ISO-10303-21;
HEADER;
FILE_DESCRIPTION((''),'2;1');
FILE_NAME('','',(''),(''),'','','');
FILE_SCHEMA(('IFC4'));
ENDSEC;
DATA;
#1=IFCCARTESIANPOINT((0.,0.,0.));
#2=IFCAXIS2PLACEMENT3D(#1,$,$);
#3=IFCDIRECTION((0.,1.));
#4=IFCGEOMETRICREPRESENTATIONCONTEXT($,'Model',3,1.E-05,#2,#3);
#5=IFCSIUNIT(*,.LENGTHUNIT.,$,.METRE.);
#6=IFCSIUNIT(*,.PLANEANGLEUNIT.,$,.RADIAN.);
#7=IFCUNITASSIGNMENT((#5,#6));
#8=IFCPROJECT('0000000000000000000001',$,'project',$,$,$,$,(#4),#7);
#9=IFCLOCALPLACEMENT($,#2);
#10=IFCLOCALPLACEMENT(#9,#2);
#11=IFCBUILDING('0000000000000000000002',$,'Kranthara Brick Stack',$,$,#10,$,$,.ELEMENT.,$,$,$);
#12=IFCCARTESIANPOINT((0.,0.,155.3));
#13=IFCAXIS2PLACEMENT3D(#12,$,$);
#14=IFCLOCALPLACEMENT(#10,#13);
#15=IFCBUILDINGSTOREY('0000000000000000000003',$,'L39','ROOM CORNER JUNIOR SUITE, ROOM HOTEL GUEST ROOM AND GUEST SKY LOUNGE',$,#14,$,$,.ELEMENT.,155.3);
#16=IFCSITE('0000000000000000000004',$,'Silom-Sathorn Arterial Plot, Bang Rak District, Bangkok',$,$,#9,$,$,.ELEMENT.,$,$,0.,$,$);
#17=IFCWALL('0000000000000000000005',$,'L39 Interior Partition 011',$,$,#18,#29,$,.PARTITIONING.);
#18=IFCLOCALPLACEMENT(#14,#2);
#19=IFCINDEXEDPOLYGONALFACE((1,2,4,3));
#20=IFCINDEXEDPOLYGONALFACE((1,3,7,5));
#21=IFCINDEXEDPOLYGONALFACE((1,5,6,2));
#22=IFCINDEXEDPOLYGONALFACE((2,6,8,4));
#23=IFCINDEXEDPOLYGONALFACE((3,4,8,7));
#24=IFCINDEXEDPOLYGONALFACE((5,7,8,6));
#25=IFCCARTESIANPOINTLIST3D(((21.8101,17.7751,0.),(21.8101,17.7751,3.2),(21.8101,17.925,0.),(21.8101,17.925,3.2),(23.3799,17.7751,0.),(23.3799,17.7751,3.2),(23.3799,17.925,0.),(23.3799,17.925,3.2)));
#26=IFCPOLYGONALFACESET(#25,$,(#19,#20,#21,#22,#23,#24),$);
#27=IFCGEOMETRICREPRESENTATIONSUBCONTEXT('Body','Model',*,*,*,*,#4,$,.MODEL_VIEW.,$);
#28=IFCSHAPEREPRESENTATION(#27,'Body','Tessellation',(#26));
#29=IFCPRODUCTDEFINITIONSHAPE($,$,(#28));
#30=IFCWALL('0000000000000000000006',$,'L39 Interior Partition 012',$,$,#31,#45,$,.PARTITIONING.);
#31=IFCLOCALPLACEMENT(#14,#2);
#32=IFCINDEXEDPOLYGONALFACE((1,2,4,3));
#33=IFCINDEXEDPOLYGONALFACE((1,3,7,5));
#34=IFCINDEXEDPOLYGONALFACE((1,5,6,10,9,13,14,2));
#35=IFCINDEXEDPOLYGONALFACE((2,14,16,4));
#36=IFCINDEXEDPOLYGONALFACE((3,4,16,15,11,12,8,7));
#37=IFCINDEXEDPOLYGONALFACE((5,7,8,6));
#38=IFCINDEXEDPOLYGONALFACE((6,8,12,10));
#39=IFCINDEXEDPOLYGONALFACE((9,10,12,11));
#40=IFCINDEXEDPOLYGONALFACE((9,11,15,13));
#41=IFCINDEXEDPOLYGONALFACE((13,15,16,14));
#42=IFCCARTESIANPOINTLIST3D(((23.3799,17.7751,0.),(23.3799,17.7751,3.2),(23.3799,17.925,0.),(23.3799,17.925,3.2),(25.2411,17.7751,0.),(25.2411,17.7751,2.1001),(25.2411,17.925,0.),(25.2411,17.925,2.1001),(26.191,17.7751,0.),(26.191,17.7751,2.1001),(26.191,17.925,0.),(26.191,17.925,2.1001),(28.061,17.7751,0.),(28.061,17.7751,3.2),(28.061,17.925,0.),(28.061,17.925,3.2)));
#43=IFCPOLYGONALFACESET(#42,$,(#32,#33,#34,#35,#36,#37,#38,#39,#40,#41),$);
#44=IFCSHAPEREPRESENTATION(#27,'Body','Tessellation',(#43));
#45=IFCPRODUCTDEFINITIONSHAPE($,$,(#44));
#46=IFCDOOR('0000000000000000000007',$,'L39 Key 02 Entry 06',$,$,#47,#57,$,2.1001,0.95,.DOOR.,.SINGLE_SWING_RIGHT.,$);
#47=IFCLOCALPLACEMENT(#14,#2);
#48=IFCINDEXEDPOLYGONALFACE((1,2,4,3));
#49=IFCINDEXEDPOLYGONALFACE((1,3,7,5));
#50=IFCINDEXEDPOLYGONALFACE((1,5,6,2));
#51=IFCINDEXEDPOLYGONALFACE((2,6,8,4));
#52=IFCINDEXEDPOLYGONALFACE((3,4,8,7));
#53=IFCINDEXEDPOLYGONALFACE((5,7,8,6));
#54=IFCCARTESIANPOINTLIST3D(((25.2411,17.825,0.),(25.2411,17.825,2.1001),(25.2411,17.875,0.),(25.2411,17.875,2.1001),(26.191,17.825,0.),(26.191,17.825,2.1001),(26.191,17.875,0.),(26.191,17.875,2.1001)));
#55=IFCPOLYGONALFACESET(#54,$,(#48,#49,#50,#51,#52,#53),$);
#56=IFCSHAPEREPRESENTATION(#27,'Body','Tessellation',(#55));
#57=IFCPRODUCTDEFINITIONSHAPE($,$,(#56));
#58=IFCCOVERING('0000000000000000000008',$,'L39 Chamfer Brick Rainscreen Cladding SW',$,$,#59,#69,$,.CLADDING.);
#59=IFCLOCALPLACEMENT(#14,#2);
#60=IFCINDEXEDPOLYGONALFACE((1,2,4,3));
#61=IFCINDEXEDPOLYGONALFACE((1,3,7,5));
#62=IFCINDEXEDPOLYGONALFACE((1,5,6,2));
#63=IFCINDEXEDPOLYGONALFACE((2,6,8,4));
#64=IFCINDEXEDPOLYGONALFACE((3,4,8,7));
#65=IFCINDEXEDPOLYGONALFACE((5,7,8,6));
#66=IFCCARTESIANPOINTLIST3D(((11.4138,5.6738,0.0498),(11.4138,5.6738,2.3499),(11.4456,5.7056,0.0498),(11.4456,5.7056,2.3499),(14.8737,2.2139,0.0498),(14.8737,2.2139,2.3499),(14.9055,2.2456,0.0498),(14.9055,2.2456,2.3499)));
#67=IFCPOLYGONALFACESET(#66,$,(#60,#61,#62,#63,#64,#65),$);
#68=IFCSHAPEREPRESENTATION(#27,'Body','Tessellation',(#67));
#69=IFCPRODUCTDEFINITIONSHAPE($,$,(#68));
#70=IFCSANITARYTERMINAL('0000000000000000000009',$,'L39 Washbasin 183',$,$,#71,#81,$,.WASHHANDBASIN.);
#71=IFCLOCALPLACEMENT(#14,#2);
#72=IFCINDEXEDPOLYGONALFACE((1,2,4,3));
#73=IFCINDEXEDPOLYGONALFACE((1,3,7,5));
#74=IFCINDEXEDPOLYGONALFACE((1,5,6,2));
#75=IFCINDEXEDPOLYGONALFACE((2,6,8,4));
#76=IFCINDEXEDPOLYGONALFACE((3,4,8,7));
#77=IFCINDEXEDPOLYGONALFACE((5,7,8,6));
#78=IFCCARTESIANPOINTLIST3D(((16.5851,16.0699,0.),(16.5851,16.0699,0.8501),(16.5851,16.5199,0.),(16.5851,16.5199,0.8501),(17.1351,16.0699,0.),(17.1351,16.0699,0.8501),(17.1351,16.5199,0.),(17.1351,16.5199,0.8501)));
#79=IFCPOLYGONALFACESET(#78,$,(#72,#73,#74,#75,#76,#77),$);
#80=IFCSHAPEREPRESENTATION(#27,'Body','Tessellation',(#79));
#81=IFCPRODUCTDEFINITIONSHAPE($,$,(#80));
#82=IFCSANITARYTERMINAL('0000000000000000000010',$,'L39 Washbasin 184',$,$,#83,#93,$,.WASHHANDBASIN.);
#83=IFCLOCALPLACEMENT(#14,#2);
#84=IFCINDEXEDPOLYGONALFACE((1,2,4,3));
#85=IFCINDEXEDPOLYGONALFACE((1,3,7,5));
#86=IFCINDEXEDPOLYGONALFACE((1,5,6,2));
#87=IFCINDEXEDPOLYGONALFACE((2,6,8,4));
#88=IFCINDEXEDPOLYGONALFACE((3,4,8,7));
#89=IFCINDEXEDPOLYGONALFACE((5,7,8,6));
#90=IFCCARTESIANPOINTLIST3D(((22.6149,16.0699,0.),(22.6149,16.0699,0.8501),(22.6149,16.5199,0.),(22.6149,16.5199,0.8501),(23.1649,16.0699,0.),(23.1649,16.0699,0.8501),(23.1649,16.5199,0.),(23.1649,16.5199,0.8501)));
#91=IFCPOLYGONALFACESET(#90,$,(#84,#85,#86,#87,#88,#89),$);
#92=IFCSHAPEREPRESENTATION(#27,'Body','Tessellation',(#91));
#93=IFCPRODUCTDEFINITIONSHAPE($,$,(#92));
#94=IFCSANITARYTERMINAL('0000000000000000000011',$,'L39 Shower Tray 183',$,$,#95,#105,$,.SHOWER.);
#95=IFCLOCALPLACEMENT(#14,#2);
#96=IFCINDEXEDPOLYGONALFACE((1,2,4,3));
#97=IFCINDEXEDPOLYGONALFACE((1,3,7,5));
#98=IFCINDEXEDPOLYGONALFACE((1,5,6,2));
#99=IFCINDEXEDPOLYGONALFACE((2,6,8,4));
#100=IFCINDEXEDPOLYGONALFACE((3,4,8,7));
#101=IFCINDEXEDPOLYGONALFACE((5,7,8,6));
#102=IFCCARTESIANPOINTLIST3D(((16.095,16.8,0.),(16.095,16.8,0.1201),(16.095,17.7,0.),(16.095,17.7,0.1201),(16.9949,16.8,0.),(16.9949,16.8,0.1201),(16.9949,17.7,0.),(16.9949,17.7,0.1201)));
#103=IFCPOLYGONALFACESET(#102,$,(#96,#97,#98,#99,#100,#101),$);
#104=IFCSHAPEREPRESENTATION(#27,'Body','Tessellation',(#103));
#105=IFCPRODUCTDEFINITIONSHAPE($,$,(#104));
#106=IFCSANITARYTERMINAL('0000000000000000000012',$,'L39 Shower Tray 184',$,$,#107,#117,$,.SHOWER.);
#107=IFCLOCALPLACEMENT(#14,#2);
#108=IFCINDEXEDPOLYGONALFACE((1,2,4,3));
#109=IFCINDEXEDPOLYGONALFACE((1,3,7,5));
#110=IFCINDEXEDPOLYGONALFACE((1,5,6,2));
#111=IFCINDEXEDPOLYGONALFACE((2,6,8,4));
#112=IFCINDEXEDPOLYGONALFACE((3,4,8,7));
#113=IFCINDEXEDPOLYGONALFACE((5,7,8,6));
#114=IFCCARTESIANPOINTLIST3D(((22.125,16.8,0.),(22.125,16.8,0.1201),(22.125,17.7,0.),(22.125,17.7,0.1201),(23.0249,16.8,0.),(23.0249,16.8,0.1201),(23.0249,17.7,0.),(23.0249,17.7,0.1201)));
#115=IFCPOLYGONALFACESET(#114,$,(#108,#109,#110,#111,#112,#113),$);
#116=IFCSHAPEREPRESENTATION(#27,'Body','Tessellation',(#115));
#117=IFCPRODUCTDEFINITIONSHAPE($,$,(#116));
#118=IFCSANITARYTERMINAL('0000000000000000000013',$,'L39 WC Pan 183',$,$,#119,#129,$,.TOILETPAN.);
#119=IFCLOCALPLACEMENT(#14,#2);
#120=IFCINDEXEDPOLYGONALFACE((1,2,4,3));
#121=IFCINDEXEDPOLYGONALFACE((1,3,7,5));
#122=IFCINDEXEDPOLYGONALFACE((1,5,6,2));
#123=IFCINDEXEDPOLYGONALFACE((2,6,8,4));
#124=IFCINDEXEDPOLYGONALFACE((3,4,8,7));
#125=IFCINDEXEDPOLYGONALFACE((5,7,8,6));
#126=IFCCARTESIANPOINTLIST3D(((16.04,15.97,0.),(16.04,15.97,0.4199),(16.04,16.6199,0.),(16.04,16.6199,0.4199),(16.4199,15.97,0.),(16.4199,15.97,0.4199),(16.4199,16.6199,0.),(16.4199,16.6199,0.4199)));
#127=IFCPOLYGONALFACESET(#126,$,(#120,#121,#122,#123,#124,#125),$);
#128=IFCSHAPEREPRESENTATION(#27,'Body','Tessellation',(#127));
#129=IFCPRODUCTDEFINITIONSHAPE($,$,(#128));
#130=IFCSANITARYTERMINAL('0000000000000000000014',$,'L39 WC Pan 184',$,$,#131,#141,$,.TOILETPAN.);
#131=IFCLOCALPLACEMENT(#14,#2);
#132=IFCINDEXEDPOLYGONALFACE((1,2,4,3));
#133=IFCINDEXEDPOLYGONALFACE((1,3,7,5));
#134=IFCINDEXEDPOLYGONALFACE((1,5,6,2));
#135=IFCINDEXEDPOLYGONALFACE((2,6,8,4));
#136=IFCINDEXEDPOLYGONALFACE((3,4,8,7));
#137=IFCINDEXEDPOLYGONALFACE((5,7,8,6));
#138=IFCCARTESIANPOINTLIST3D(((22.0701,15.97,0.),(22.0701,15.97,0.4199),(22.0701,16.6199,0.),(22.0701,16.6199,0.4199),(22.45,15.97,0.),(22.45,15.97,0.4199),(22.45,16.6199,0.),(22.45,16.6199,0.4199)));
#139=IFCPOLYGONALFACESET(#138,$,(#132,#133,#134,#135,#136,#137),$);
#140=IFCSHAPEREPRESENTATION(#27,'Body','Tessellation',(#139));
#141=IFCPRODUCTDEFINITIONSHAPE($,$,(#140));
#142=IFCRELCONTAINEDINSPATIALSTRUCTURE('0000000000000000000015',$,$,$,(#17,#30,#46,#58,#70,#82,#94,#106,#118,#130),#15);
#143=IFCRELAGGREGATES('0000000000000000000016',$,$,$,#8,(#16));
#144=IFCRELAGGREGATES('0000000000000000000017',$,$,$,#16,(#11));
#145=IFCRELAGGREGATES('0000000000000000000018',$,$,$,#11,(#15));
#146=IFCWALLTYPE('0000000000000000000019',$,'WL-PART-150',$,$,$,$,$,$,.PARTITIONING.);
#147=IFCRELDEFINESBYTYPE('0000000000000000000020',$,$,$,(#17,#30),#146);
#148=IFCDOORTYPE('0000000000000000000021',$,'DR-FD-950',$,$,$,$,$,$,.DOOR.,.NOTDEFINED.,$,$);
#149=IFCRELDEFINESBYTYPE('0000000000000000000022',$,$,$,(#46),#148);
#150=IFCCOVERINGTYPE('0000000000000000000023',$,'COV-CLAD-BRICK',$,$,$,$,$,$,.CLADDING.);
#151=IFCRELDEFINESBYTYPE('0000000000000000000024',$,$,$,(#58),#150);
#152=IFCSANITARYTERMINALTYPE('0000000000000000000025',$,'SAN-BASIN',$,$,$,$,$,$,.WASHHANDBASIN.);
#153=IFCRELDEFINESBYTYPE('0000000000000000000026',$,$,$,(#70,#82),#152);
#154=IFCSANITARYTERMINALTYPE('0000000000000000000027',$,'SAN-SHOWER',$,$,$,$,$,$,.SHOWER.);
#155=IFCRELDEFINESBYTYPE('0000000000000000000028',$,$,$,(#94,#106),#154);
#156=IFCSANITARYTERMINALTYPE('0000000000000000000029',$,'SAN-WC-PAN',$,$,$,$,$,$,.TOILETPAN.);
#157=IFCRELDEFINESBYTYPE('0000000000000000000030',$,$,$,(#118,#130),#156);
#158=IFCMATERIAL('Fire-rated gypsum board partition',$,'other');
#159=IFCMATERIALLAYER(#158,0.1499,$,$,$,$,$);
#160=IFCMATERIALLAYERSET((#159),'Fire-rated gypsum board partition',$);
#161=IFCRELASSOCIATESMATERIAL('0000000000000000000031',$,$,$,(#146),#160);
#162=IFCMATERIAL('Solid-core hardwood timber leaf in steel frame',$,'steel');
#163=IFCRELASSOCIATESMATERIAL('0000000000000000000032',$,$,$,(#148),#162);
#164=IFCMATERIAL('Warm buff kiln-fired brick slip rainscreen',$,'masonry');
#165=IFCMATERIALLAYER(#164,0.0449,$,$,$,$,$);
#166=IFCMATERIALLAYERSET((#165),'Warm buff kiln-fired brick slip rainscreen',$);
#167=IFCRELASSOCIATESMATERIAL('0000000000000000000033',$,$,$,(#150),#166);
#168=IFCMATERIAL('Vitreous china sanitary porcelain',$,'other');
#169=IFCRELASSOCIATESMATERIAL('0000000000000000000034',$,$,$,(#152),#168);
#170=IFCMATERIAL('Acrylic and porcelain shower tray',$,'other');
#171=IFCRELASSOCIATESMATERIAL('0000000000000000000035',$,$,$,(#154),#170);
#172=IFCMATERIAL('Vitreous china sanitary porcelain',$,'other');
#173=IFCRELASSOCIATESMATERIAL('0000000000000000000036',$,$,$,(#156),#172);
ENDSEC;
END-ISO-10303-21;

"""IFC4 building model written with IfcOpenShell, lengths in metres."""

from ifc_helpers import new_model, si_unit, direction, frame, frame_2d, origin, origin_2d, place, context, subcontext, project, spatial, rectangle, extrude, material, layer, layer_set, type_object, element, fill, save


model = new_model("IFC4")

# Units and contexts
model_context = context("Model", 3, precision=1e-05, world=origin(), true_north=direction((0.0, 1.0)))
body_context = subcontext(model_context, "Body", "Model", "MODEL_VIEW")
ifc_project = project(units=[si_unit("LENGTHUNIT", "METRE"), si_unit("PLANEANGLEUNIT", "RADIAN")], contexts=[model_context])

# Site, building, storey
site_placement = place(None, origin())
site = spatial("IfcSite", under=ifc_project, at=site_placement, Name="Silom-Sathorn Arterial Plot, Bang Rak District, Bangkok", CompositionType="ELEMENT", RefElevation=0.0)
building_placement = place(site_placement, origin())
building = spatial("IfcBuilding", under=site, at=building_placement, Name="Kranthara Brick Stack", CompositionType="ELEMENT")
storey_placement = place(building_placement, frame((0.0, 0.0, 155.3)))
storey = spatial("IfcBuildingStorey", under=building, at=storey_placement, Name="L39", Description="ROOM CORNER JUNIOR SUITE, ROOM HOTEL GUEST ROOM AND GUEST SKY LOUNGE", CompositionType="ELEMENT", Elevation=155.3)

# Shared definitions
ifc_material_1 = material(Name="Fire-rated gypsum board partition", Category="other")
ifc_layer_1 = layer(ifc_material_1, 0.1499)
ifc_layer_set_1 = layer_set([ifc_layer_1], Name="Fire-rated gypsum board partition")
wall_type_1 = type_object("IfcWallType", Name="WL-PART-150", PredefinedType="PARTITIONING", material=ifc_layer_set_1)

# Shared definitions
ifc_material_2 = material(Name="Solid-core hardwood timber leaf in steel frame", Category="steel")
door_type_1 = type_object("IfcDoorType", Name="DR-FD-950", OperationType="NOTDEFINED", PredefinedType="DOOR", material=ifc_material_2)

# Wall
wall_1_placement = place(storey_placement, frame((21.8101, 17.8501, 0.0), z_axis=(0.0, 0.0, 1.0), x_axis=(1.0, 0.0, 0.0)))
element("IfcWall", 1, at=wall_1_placement, inside=storey, type_object=wall_type_1, Name="L39 Interior Partition 011", PredefinedType="PARTITIONING", context=body_context, shape_type="SweptSolid", body=[
    extrude(rectangle(XDim=1.5698, YDim=0.1499, at=frame_2d((0.7849, 0.0))), origin(), (0.0, 0.0, 1.0), 3.2),
])

# Wall, opening, door
wall_2_placement = place(storey_placement, frame((23.3799, 17.8501, 0.0), z_axis=(0.0, 0.0, 1.0), x_axis=(1.0, 0.0, 0.0)))
wall_2 = element("IfcWall", 2, at=wall_2_placement, inside=storey, type_object=wall_type_1, Name="L39 Interior Partition 012", PredefinedType="PARTITIONING", context=body_context, shape_type="SweptSolid", body=[
    extrude(rectangle(XDim=4.6812, YDim=0.1499, at=frame_2d((2.3406, 0.0))), origin(), (0.0, 0.0, 1.0), 3.2),
])
opening_1_placement = place(wall_2_placement, frame((1.8611, 0.0, 0.0)))
opening_1 = element("IfcOpeningElement", 3, at=opening_1_placement, cuts=wall_2, PredefinedType="OPENING", context=body_context, shape_type="SweptSolid", body=[
    extrude(rectangle(XDim=0.95, YDim=2.1001, at=frame_2d((0.4751, 1.05))), frame((0.0, 0.085, 0.0), z_axis=(0.0, -1.0, 0.0), x_axis=(1.0, 0.0, 0.0)), (0.0, 0.0, 1.0), 0.1699),
])
door_1_placement = place(opening_1_placement, origin())
door_1 = element("IfcDoor", 4, at=door_1_placement, inside=storey, type_object=door_type_1, Name="L39 Key 02 Entry 06", OperationType="SINGLE_SWING_RIGHT", OverallHeight=2.1001, OverallWidth=0.95, PredefinedType="DOOR", context=body_context, shape_type="SweptSolid", body=[
    extrude(rectangle(XDim=0.95, YDim=2.1001, at=frame_2d((0.4751, 1.05))), frame((0.0, 0.0249, 0.0), z_axis=(0.0, -1.0, 0.0), x_axis=(1.0, 0.0, 0.0)), (0.0, 0.0, 1.0), 0.05),
])
fill(opening_1, door_1)

# Covering
ifc_material_3 = material(Name="Warm buff kiln-fired brick slip rainscreen", Category="masonry")
ifc_layer_2 = layer(ifc_material_3, 0.0449)
ifc_layer_set_2 = layer_set([ifc_layer_2], Name="Warm buff kiln-fired brick slip rainscreen")
covering_type = type_object("IfcCoveringType", Name="COV-CLAD-BRICK", PredefinedType="CLADDING", material=ifc_layer_set_2)
covering_placement = place(storey_placement, frame((13.1597, 3.9597, 0.0498), z_axis=(0.0, 0.0, 1.0), x_axis=(-0.707107, 0.707107, 0.0)))
element("IfcCovering", 5, at=covering_placement, inside=storey, type_object=covering_type, Name="L39 Chamfer Brick Rainscreen Cladding SW", PredefinedType="CLADDING", context=body_context, shape_type="SweptSolid", body=[
    extrude(rectangle(XDim=4.8931, YDim=0.0449, at=origin_2d()), origin(), (0.0, 0.0, 1.0), 2.3),
])

# Sanitary terminals
ifc_material_4 = material(Name="Vitreous china sanitary porcelain", Category="other")
sanitary_terminal_type_1 = type_object("IfcSanitaryTerminalType", Name="SAN-BASIN", PredefinedType="WASHHANDBASIN", material=ifc_material_4)
for number, where, z_axis, x_axis, name in (
    (6, (16.8601, 16.2949, 0.0), (0.0, 0.0, 1.0), (1.0, 0.0, 0.0), "L39 Washbasin 183"),
    (7, (22.8899, 16.2949, 0.0), (0.0, 0.0, 1.0), (1.0, 0.0, 0.0), "L39 Washbasin 184"),
):
    element("IfcSanitaryTerminal", number, at=place(storey_placement, frame(where, z_axis=z_axis, x_axis=x_axis)), inside=storey, type_object=sanitary_terminal_type_1, Name=name, PredefinedType="WASHHANDBASIN", context=body_context, shape_type="SweptSolid", body=[
        extrude(rectangle(XDim=0.55, YDim=0.45, at=origin_2d()), origin(), (0.0, 0.0, 1.0), 0.8501),
    ])
ifc_material_5 = material(Name="Acrylic and porcelain shower tray", Category="other")
sanitary_terminal_type_2 = type_object("IfcSanitaryTerminalType", Name="SAN-SHOWER", PredefinedType="SHOWER", material=ifc_material_5)
for number, where, z_axis, x_axis, name in (
    (8, (16.5449, 17.25, 0.0), (0.0, 0.0, 1.0), (1.0, 0.0, 0.0), "L39 Shower Tray 183"),
    (9, (22.575, 17.25, 0.0), (0.0, 0.0, 1.0), (1.0, 0.0, 0.0), "L39 Shower Tray 184"),
):
    element("IfcSanitaryTerminal", number, at=place(storey_placement, frame(where, z_axis=z_axis, x_axis=x_axis)), inside=storey, type_object=sanitary_terminal_type_2, Name=name, PredefinedType="SHOWER", context=body_context, shape_type="SweptSolid", body=[
        extrude(rectangle(XDim=0.8999, YDim=0.8999, at=origin_2d()), origin(), (0.0, 0.0, 1.0), 0.1201),
    ])
ifc_material_6 = material(Name="Vitreous china sanitary porcelain", Category="other")
sanitary_terminal_type_3 = type_object("IfcSanitaryTerminalType", Name="SAN-WC-PAN", PredefinedType="TOILETPAN", material=ifc_material_6)
for number, where, z_axis, x_axis, name in (
    (10, (16.23, 16.2949, 0.0), (0.0, 0.0, 1.0), (1.0, 0.0, 0.0), "L39 WC Pan 183"),
    (11, (22.26, 16.2949, 0.0), (0.0, 0.0, 1.0), (1.0, 0.0, 0.0), "L39 WC Pan 184"),
):
    element("IfcSanitaryTerminal", number, at=place(storey_placement, frame(where, z_axis=z_axis, x_axis=x_axis)), inside=storey, type_object=sanitary_terminal_type_3, Name=name, PredefinedType="TOILETPAN", context=body_context, shape_type="SweptSolid", body=[
        extrude(rectangle(XDim=0.3799, YDim=0.6499, at=origin_2d()), origin(), (0.0, 0.0, 1.0), 0.4199),
    ])

save(model, "model.ifc")
